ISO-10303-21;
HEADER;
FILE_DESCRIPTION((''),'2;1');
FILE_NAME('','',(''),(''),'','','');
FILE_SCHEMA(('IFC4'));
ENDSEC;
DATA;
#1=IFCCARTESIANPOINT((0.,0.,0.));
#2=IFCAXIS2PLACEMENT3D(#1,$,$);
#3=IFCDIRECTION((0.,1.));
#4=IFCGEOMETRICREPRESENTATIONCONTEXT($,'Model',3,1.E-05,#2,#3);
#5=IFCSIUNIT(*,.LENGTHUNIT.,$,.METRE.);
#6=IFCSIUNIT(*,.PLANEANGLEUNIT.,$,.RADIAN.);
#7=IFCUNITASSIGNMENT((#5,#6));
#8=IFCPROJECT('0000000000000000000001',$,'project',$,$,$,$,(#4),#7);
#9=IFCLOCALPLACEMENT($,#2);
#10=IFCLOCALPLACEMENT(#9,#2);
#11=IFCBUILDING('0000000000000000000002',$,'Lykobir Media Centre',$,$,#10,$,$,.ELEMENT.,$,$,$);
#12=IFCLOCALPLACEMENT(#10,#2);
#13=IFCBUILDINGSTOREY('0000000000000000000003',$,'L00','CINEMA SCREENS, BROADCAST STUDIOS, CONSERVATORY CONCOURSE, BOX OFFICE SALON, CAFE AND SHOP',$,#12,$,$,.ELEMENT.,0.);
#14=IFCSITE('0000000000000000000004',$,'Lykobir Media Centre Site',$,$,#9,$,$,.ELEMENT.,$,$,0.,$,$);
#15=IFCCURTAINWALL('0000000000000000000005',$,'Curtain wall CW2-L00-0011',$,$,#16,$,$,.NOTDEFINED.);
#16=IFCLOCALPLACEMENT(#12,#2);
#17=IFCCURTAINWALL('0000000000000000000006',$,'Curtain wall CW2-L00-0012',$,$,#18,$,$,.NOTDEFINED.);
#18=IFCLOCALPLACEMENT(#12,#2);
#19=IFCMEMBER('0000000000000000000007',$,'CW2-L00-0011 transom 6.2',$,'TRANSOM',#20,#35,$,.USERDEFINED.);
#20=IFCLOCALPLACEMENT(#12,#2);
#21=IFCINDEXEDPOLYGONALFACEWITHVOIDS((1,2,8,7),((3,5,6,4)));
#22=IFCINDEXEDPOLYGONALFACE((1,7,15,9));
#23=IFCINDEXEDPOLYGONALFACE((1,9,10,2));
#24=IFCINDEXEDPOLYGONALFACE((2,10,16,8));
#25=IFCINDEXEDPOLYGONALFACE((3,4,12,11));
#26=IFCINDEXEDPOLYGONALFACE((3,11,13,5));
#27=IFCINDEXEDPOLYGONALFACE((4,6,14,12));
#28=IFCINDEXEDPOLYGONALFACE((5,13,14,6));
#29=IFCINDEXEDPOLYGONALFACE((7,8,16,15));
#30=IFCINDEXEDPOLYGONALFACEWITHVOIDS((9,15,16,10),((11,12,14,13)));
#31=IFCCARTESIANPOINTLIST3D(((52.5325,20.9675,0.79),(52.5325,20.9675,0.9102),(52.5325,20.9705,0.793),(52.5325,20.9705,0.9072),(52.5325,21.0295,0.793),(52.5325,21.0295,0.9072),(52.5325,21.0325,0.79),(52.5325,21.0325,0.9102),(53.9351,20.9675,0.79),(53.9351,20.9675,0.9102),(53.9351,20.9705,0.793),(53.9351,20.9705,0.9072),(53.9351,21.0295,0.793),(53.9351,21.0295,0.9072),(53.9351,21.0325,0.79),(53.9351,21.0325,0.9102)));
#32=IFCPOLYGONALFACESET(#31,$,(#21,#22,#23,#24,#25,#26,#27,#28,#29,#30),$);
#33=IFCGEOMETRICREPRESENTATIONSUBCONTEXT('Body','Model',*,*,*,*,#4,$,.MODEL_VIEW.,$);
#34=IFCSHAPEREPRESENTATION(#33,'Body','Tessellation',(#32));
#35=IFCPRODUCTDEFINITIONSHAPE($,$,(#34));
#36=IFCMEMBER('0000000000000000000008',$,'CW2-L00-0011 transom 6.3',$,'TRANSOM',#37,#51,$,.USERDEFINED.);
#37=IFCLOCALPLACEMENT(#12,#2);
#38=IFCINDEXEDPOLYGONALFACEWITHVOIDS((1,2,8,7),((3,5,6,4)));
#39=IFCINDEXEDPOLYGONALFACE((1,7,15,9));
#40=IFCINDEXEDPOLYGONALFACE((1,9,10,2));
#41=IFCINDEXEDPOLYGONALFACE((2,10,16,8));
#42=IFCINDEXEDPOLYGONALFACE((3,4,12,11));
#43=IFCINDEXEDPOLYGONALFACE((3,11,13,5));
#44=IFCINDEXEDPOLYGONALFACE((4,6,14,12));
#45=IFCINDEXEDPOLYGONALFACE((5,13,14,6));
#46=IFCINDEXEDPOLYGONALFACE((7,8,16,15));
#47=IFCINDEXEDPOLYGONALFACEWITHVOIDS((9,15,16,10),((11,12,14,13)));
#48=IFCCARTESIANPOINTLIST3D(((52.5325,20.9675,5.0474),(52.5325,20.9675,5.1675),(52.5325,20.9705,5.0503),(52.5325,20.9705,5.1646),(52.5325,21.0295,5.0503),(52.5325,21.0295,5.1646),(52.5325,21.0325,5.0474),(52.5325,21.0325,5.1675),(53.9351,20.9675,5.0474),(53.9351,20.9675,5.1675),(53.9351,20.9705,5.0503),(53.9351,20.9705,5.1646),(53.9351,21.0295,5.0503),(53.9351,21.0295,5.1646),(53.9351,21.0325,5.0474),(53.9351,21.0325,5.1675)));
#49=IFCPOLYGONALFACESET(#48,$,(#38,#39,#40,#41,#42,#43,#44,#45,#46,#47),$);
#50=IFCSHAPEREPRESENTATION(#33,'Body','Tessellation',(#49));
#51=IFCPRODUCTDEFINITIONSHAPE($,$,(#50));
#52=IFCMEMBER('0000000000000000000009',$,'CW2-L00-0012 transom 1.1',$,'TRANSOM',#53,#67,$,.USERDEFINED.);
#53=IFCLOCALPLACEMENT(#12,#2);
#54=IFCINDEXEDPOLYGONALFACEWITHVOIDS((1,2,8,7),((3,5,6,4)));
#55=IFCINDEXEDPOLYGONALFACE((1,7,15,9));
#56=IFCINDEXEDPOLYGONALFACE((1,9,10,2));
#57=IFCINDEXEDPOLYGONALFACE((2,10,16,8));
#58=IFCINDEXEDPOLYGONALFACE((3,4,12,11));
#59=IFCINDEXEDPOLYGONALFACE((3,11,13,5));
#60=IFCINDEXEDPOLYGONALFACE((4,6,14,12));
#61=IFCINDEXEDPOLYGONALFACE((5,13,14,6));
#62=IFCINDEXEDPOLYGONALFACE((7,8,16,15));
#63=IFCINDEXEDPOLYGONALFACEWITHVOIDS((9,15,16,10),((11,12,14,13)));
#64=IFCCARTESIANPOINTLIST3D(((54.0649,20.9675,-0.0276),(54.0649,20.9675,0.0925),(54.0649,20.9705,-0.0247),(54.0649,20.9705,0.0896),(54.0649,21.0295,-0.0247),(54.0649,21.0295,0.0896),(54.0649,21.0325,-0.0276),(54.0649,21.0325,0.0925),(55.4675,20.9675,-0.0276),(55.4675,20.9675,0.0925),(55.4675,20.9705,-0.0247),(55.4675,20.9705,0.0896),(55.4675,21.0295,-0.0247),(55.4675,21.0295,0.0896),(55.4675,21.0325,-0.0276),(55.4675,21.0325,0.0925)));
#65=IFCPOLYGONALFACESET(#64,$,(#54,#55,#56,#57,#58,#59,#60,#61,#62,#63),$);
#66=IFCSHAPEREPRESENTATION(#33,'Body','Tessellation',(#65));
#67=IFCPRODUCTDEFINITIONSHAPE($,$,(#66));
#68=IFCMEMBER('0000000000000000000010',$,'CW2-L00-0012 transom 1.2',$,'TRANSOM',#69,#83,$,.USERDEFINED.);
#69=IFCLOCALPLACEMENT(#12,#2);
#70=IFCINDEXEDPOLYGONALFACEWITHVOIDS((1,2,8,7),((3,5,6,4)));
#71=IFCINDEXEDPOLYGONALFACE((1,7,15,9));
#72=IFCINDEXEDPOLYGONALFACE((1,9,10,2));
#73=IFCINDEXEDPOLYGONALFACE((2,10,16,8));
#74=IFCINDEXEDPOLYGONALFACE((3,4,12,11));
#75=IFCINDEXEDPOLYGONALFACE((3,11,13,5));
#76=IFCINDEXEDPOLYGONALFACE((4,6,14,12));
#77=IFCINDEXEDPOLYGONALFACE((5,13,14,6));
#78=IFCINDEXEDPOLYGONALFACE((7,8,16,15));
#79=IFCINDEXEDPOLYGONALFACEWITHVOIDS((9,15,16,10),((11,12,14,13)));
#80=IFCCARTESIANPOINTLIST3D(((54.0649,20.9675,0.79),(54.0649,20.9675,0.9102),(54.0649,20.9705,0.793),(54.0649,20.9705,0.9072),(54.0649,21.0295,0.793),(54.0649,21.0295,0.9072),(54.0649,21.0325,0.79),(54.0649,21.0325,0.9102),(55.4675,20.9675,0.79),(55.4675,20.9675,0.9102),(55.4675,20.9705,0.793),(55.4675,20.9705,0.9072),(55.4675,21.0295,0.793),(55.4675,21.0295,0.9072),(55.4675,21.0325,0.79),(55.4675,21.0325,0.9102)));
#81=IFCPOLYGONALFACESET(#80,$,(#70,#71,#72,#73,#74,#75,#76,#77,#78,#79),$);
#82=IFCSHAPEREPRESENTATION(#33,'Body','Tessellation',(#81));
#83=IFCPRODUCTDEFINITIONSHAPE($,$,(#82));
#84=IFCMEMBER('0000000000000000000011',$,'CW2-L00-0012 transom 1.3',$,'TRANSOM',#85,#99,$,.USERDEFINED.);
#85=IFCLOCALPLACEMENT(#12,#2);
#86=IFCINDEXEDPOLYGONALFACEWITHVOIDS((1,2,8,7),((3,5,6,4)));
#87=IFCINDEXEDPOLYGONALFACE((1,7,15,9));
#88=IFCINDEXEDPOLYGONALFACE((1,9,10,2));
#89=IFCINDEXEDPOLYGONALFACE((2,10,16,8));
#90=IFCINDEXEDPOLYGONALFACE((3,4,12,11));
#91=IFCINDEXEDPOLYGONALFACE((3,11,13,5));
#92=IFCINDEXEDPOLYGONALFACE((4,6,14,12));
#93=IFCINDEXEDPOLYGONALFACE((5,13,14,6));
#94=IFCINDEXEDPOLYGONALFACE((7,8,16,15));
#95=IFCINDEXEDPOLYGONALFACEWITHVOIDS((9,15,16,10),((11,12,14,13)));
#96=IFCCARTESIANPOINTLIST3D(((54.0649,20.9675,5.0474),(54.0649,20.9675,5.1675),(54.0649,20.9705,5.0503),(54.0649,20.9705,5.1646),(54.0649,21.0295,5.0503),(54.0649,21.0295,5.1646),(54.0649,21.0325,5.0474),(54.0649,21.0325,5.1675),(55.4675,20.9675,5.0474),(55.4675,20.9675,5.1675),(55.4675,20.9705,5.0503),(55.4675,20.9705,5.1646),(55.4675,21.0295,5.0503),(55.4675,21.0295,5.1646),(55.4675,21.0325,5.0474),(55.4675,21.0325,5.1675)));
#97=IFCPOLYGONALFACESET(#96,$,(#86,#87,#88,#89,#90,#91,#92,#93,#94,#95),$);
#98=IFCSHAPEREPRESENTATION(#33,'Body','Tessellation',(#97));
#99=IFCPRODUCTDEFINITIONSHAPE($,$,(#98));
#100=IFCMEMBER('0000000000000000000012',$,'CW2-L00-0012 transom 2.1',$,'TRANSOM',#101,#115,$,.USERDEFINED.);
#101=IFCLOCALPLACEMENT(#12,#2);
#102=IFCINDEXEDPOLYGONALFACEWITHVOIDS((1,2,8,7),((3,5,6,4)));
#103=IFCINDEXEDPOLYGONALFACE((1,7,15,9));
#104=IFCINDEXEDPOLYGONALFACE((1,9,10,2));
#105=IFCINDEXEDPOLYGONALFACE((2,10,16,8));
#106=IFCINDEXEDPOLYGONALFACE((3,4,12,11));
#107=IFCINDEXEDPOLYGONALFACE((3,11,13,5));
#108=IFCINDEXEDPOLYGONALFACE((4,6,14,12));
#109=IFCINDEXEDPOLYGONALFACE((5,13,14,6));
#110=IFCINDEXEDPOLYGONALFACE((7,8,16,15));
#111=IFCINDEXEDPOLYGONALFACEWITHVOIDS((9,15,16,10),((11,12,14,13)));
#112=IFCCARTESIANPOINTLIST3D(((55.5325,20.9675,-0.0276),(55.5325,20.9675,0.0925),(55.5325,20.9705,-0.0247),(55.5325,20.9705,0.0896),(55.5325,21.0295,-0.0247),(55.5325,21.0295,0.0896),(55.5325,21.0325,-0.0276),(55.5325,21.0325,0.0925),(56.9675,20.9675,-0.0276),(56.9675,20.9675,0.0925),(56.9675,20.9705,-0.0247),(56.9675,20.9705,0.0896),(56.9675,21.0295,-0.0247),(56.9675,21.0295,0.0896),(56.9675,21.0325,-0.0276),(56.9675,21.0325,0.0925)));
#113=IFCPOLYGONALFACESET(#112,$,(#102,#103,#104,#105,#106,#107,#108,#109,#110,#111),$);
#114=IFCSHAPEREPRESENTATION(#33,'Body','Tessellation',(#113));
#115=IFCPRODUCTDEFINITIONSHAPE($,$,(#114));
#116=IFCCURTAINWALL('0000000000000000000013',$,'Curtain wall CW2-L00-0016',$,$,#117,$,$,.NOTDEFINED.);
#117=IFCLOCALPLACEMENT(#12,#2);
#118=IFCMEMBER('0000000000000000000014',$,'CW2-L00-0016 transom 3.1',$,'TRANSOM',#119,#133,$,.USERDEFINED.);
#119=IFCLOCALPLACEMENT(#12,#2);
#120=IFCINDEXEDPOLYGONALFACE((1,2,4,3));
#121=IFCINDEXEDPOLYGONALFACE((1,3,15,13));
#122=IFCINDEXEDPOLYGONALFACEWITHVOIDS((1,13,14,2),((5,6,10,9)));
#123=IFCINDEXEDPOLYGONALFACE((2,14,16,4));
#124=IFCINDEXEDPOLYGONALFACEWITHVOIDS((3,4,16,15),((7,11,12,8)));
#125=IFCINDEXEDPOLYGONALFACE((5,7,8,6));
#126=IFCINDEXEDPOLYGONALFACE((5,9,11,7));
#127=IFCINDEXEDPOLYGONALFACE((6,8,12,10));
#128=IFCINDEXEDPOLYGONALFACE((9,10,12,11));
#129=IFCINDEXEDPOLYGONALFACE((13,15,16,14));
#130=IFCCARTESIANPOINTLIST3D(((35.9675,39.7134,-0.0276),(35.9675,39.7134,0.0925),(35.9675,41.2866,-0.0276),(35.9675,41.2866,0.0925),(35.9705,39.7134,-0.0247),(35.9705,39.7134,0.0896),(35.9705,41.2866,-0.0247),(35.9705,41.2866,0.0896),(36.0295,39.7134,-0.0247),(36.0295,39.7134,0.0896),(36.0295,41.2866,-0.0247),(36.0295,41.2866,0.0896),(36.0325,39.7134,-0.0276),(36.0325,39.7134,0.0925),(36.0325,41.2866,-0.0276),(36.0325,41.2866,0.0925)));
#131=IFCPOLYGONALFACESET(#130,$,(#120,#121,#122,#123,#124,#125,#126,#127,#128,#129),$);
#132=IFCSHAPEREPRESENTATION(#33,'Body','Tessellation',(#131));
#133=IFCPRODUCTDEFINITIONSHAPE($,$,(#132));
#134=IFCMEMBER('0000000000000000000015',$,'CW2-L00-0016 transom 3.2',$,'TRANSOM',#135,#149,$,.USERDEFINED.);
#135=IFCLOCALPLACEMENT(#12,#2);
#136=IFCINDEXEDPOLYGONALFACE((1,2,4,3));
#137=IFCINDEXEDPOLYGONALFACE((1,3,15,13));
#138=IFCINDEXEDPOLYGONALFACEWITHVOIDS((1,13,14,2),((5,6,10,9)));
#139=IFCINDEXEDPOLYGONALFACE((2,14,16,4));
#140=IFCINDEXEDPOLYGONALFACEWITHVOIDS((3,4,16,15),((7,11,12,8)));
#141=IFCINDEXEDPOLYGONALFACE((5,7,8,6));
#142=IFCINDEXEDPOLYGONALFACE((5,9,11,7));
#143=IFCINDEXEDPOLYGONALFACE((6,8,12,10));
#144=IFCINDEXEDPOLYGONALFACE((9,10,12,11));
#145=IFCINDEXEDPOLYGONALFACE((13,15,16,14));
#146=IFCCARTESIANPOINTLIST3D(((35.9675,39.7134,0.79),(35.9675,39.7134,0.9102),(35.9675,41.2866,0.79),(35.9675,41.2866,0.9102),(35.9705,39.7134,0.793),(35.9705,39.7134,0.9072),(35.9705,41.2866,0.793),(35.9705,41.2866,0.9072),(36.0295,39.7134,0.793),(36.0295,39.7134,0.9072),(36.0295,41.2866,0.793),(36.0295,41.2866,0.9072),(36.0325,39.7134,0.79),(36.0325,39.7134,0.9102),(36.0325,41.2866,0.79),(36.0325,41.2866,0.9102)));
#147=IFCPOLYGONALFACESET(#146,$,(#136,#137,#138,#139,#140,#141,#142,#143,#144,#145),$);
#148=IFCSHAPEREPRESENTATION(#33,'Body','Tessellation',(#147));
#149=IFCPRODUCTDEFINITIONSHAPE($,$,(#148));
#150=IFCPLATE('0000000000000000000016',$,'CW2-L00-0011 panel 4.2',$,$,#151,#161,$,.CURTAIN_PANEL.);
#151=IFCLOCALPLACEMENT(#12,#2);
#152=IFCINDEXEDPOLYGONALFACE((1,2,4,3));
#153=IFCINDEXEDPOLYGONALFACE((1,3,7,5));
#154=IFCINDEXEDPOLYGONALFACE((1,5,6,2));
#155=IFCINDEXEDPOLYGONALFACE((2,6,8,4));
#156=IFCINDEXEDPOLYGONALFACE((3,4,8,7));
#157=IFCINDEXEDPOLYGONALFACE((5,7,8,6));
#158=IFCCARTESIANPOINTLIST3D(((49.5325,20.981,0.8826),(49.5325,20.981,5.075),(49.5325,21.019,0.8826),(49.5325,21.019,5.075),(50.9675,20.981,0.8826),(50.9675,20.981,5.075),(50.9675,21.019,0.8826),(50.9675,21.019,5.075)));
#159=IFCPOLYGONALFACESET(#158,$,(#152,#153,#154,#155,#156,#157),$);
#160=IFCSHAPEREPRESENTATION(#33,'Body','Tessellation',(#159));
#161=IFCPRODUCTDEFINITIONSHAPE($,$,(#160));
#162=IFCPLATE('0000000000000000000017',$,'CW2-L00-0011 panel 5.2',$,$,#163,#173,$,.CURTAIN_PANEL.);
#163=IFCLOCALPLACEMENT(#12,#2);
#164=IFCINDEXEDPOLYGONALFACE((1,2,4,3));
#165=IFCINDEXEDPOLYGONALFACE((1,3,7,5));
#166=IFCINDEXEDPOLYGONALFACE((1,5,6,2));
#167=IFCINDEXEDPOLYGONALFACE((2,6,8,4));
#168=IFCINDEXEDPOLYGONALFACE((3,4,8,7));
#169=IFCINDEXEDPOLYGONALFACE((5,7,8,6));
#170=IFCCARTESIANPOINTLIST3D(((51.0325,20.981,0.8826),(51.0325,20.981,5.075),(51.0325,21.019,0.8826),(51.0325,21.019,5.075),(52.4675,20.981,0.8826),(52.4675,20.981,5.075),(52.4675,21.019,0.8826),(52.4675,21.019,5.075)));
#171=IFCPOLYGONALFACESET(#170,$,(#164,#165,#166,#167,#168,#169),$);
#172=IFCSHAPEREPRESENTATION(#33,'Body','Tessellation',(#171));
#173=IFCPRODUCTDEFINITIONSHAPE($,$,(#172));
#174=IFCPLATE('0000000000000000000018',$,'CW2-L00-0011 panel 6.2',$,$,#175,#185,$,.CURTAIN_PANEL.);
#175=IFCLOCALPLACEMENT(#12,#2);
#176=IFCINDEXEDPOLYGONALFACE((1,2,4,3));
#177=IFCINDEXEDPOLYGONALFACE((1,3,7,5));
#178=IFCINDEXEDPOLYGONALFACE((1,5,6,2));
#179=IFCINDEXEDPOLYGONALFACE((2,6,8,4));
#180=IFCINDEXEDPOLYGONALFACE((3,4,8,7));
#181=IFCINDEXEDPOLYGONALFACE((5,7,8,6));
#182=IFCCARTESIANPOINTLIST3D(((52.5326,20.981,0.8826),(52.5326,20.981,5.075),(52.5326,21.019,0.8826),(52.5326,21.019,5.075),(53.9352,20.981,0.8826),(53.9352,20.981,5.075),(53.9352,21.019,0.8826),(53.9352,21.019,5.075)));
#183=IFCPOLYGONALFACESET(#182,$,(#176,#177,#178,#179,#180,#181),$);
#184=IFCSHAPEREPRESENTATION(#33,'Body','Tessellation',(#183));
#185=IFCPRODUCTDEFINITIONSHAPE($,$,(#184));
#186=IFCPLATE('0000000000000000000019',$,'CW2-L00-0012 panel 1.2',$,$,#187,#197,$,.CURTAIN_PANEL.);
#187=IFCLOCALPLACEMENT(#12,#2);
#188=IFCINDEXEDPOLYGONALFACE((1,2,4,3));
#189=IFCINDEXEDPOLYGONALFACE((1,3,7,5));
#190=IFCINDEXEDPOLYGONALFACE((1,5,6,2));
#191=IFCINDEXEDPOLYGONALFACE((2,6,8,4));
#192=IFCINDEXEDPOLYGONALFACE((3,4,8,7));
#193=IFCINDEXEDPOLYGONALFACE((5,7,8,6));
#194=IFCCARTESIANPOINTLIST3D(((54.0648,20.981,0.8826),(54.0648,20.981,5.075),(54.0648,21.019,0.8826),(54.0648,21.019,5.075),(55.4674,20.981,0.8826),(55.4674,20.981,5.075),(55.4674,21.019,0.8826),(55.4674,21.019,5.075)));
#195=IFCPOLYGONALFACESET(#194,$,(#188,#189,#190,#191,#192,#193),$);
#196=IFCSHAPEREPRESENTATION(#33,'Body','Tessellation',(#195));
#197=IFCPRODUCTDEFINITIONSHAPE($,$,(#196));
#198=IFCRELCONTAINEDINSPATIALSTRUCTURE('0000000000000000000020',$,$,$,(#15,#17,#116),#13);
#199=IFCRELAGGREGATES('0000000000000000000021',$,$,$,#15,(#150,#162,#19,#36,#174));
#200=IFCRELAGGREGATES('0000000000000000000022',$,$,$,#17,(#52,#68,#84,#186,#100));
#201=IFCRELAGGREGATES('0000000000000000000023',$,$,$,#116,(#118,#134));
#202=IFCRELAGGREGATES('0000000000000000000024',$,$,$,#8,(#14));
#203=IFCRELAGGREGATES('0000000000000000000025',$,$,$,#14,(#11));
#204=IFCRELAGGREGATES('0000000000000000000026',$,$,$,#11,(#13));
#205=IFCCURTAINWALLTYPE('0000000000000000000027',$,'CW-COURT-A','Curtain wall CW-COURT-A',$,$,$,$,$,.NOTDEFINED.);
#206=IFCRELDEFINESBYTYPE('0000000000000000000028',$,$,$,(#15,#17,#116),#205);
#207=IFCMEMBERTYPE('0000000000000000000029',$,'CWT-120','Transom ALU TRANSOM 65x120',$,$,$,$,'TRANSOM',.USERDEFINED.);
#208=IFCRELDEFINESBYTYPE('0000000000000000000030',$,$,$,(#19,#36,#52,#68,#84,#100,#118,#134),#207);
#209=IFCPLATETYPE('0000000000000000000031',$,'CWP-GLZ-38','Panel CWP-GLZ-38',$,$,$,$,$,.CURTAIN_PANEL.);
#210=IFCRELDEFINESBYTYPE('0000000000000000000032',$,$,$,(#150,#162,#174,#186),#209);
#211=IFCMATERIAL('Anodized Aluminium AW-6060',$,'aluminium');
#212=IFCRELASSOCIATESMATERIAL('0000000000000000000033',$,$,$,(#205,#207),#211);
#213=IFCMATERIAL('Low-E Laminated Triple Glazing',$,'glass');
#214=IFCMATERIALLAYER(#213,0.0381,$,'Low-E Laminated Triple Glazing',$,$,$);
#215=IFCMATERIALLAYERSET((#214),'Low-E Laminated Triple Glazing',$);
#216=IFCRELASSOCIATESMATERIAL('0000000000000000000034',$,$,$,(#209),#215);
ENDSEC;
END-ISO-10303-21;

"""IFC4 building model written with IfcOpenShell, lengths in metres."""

from ifc_helpers import new_model, si_unit, direction, frame, origin, origin_2d, place, context, subcontext, project, spatial, rectangle, hollow_rectangle, extrude, material, layer, layer_set, material_profile, profile_set, type_object, element, aggregate, save


model = new_model("IFC4")

# Units and contexts
model_context = context("Model", 3, precision=1e-05, world=origin(), true_north=direction((0.0, 1.0)))
body_context = subcontext(model_context, "Body", "Model", "MODEL_VIEW")
ifc_project = project(units=[si_unit("LENGTHUNIT", "METRE"), si_unit("PLANEANGLEUNIT", "RADIAN")], contexts=[model_context])

# Site, building, storey
site_placement = place(None, origin())
site = spatial("IfcSite", under=ifc_project, at=site_placement, Name="Lykobir Media Centre Site", CompositionType="ELEMENT", RefElevation=0.0)
building_placement = place(site_placement, origin())
building = spatial("IfcBuilding", under=site, at=building_placement, Name="Lykobir Media Centre", CompositionType="ELEMENT")
storey_placement = place(building_placement, origin())
storey = spatial("IfcBuildingStorey", under=building, at=storey_placement, Name="L00", Description="CINEMA SCREENS, BROADCAST STUDIOS, CONSERVATORY CONCOURSE, BOX OFFICE SALON, CAFE AND SHOP", CompositionType="ELEMENT", Elevation=0.0)

# Curtain walls
ifc_material_1 = material(Name="Anodized Aluminium AW-6060", Category="aluminium")
curtain_wall_type = type_object("IfcCurtainWallType", Name="CW-COURT-A", Description="Curtain wall CW-COURT-A", PredefinedType="NOTDEFINED", material=ifc_material_1)
curtain_wall_1_placement = place(storey_placement, origin())
curtain_wall_1 = element("IfcCurtainWall", 1, at=curtain_wall_1_placement, inside=storey, type_object=curtain_wall_type, Name="Curtain wall CW2-L00-0011", PredefinedType="NOTDEFINED")
curtain_wall_2_placement = place(storey_placement, origin())
curtain_wall_2 = element("IfcCurtainWall", 2, at=curtain_wall_2_placement, inside=storey, type_object=curtain_wall_type, Name="Curtain wall CW2-L00-0012", PredefinedType="NOTDEFINED")

# Members
ifc_material_profile_1 = material_profile(ifc_material_1, hollow_rectangle(XDim=0.0649, YDim=0.1201, WallThickness=0.0029, at=origin_2d()), Name="ALU TRANSOM 65x120")
ifc_profile_set_1 = profile_set([ifc_material_profile_1], Name="Anodized Aluminium AW-6060")
member_type_1 = type_object("IfcMemberType", Name="CWT-120", Description="Transom ALU TRANSOM 65x120", ElementType="TRANSOM", PredefinedType="USERDEFINED", material=ifc_profile_set_1)
member_1_placement = place(storey_placement, frame((52.5325, 21.0, 0.8501), z_axis=(1.0, 0.0, 0.0), x_axis=(0.0, 1.0, 0.0)))
member_1 = element("IfcMember", 3, at=member_1_placement, type_object=member_type_1, Name="CW2-L00-0011 transom 6.2", ObjectType="TRANSOM", PredefinedType="USERDEFINED", context=body_context, shape_type="SweptSolid", body=[
    extrude(hollow_rectangle(XDim=0.0649, YDim=0.1201, WallThickness=0.0029, at=origin_2d()), origin(), (0.0, 0.0, 1.0), 1.4026),
])
member_2_placement = place(storey_placement, frame((52.5325, 21.0, 5.1074), z_axis=(1.0, 0.0, 0.0), x_axis=(0.0, 1.0, 0.0)))
member_2 = element("IfcMember", 4, at=member_2_placement, type_object=member_type_1, Name="CW2-L00-0011 transom 6.3", ObjectType="TRANSOM", PredefinedType="USERDEFINED", context=body_context, shape_type="SweptSolid", body=[
    extrude(hollow_rectangle(XDim=0.0649, YDim=0.1201, WallThickness=0.0029, at=origin_2d()), origin(), (0.0, 0.0, 1.0), 1.4026),
])
member_3_placement = place(storey_placement, frame((54.0649, 21.0, 0.0325), z_axis=(1.0, 0.0, 0.0), x_axis=(0.0, 1.0, 0.0)))
member_3 = element("IfcMember", 5, at=member_3_placement, type_object=member_type_1, Name="CW2-L00-0012 transom 1.1", ObjectType="TRANSOM", PredefinedType="USERDEFINED", context=body_context, shape_type="SweptSolid", body=[
    extrude(hollow_rectangle(XDim=0.0649, YDim=0.1201, WallThickness=0.0029, at=origin_2d()), origin(), (0.0, 0.0, 1.0), 1.4026),
])
member_4_placement = place(storey_placement, frame((54.0649, 21.0, 0.8501), z_axis=(1.0, 0.0, 0.0), x_axis=(0.0, 1.0, 0.0)))
member_4 = element("IfcMember", 6, at=member_4_placement, type_object=member_type_1, Name="CW2-L00-0012 transom 1.2", ObjectType="TRANSOM", PredefinedType="USERDEFINED", context=body_context, shape_type="SweptSolid", body=[
    extrude(hollow_rectangle(XDim=0.0649, YDim=0.1201, WallThickness=0.0029, at=origin_2d()), origin(), (0.0, 0.0, 1.0), 1.4026),
])
member_5_placement = place(storey_placement, frame((54.0649, 21.0, 5.1074), z_axis=(1.0, 0.0, 0.0), x_axis=(0.0, 1.0, 0.0)))
member_5 = element("IfcMember", 7, at=member_5_placement, type_object=member_type_1, Name="CW2-L00-0012 transom 1.3", ObjectType="TRANSOM", PredefinedType="USERDEFINED", context=body_context, shape_type="SweptSolid", body=[
    extrude(hollow_rectangle(XDim=0.0649, YDim=0.1201, WallThickness=0.0029, at=origin_2d()), origin(), (0.0, 0.0, 1.0), 1.4026),
])
member_6_placement = place(storey_placement, frame((55.5325, 21.0, 0.0325), z_axis=(1.0, 0.0, 0.0), x_axis=(0.0, 1.0, 0.0)))
member_6 = element("IfcMember", 8, at=member_6_placement, type_object=member_type_1, Name="CW2-L00-0012 transom 2.1", ObjectType="TRANSOM", PredefinedType="USERDEFINED", context=body_context, shape_type="SweptSolid", body=[
    extrude(hollow_rectangle(XDim=0.0649, YDim=0.1201, WallThickness=0.0029, at=origin_2d()), origin(), (0.0, 0.0, 1.0), 1.4351),
])

# Curtain wall, members
curtain_wall_3_placement = place(storey_placement, origin())
curtain_wall_3 = element("IfcCurtainWall", 9, at=curtain_wall_3_placement, inside=storey, type_object=curtain_wall_type, Name="Curtain wall CW2-L00-0016", PredefinedType="NOTDEFINED")
member_7_placement = place(storey_placement, frame((36.0, 41.2866, 0.0325), z_axis=(0.0, -1.0, 0.0), x_axis=(1.0, 0.0, 0.0)))
member_7 = element("IfcMember", 10, at=member_7_placement, type_object=member_type_1, Name="CW2-L00-0016 transom 3.1", ObjectType="TRANSOM", PredefinedType="USERDEFINED", context=body_context, shape_type="SweptSolid", body=[
    extrude(hollow_rectangle(XDim=0.0649, YDim=0.1201, WallThickness=0.0029, at=origin_2d()), origin(), (0.0, 0.0, 1.0), 1.5732),
])
member_8_placement = place(storey_placement, frame((36.0, 41.2866, 0.8501), z_axis=(0.0, -1.0, 0.0), x_axis=(1.0, 0.0, 0.0)))
member_8 = element("IfcMember", 11, at=member_8_placement, type_object=member_type_1, Name="CW2-L00-0016 transom 3.2", ObjectType="TRANSOM", PredefinedType="USERDEFINED", context=body_context, shape_type="SweptSolid", body=[
    extrude(hollow_rectangle(XDim=0.0649, YDim=0.1201, WallThickness=0.0029, at=origin_2d()), origin(), (0.0, 0.0, 1.0), 1.5732),
])

# Plates
ifc_material_2 = material(Name="Low-E Laminated Triple Glazing", Category="glass")
ifc_layer_1 = layer(ifc_material_2, 0.0381, Name="Low-E Laminated Triple Glazing")
ifc_layer_set_1 = layer_set([ifc_layer_1], Name="Low-E Laminated Triple Glazing")
plate_type_1 = type_object("IfcPlateType", Name="CWP-GLZ-38", Description="Panel CWP-GLZ-38", PredefinedType="CURTAIN_PANEL", material=ifc_layer_set_1)
plate_1_placement = place(storey_placement, frame((50.25, 21.0, 0.8826), z_axis=(0.0, 0.0, 1.0), x_axis=(1.0, 0.0, 0.0)))
plate_1 = element("IfcPlate", 12, at=plate_1_placement, type_object=plate_type_1, Name="CW2-L00-0011 panel 4.2", PredefinedType="CURTAIN_PANEL", context=body_context, shape_type="SweptSolid", body=[
    extrude(rectangle(XDim=1.4351, YDim=0.0381, at=origin_2d()), origin(), (0.0, 0.0, 1.0), 4.1924),
])
plate_2_placement = place(storey_placement, frame((51.75, 21.0, 0.8826), z_axis=(0.0, 0.0, 1.0), x_axis=(1.0, 0.0, 0.0)))
plate_2 = element("IfcPlate", 13, at=plate_2_placement, type_object=plate_type_1, Name="CW2-L00-0011 panel 5.2", PredefinedType="CURTAIN_PANEL", context=body_context, shape_type="SweptSolid", body=[
    extrude(rectangle(XDim=1.4351, YDim=0.0381, at=origin_2d()), origin(), (0.0, 0.0, 1.0), 4.1924),
])
plate_3_placement = place(storey_placement, frame((53.2339, 21.0, 0.8826), z_axis=(0.0, 0.0, 1.0), x_axis=(1.0, 0.0, 0.0)))
plate_3 = element("IfcPlate", 14, at=plate_3_placement, type_object=plate_type_1, Name="CW2-L00-0011 panel 6.2", PredefinedType="CURTAIN_PANEL", context=body_context, shape_type="SweptSolid", body=[
    extrude(rectangle(XDim=1.4026, YDim=0.0381, at=origin_2d()), origin(), (0.0, 0.0, 1.0), 4.1924),
])
plate_4_placement = place(storey_placement, frame((54.7661, 21.0, 0.8826), z_axis=(0.0, 0.0, 1.0), x_axis=(1.0, 0.0, 0.0)))
plate_4 = element("IfcPlate", 15, at=plate_4_placement, type_object=plate_type_1, Name="CW2-L00-0012 panel 1.2", PredefinedType="CURTAIN_PANEL", context=body_context, shape_type="SweptSolid", body=[
    extrude(rectangle(XDim=1.4026, YDim=0.0381, at=origin_2d()), origin(), (0.0, 0.0, 1.0), 4.1924),
])
aggregate(curtain_wall_1, [plate_1, plate_2, member_1, member_2, plate_3])
aggregate(curtain_wall_2, [member_3, member_4, member_5, plate_4, member_6])
aggregate(curtain_wall_3, [member_7, member_8])

save(model, "model.ifc")
